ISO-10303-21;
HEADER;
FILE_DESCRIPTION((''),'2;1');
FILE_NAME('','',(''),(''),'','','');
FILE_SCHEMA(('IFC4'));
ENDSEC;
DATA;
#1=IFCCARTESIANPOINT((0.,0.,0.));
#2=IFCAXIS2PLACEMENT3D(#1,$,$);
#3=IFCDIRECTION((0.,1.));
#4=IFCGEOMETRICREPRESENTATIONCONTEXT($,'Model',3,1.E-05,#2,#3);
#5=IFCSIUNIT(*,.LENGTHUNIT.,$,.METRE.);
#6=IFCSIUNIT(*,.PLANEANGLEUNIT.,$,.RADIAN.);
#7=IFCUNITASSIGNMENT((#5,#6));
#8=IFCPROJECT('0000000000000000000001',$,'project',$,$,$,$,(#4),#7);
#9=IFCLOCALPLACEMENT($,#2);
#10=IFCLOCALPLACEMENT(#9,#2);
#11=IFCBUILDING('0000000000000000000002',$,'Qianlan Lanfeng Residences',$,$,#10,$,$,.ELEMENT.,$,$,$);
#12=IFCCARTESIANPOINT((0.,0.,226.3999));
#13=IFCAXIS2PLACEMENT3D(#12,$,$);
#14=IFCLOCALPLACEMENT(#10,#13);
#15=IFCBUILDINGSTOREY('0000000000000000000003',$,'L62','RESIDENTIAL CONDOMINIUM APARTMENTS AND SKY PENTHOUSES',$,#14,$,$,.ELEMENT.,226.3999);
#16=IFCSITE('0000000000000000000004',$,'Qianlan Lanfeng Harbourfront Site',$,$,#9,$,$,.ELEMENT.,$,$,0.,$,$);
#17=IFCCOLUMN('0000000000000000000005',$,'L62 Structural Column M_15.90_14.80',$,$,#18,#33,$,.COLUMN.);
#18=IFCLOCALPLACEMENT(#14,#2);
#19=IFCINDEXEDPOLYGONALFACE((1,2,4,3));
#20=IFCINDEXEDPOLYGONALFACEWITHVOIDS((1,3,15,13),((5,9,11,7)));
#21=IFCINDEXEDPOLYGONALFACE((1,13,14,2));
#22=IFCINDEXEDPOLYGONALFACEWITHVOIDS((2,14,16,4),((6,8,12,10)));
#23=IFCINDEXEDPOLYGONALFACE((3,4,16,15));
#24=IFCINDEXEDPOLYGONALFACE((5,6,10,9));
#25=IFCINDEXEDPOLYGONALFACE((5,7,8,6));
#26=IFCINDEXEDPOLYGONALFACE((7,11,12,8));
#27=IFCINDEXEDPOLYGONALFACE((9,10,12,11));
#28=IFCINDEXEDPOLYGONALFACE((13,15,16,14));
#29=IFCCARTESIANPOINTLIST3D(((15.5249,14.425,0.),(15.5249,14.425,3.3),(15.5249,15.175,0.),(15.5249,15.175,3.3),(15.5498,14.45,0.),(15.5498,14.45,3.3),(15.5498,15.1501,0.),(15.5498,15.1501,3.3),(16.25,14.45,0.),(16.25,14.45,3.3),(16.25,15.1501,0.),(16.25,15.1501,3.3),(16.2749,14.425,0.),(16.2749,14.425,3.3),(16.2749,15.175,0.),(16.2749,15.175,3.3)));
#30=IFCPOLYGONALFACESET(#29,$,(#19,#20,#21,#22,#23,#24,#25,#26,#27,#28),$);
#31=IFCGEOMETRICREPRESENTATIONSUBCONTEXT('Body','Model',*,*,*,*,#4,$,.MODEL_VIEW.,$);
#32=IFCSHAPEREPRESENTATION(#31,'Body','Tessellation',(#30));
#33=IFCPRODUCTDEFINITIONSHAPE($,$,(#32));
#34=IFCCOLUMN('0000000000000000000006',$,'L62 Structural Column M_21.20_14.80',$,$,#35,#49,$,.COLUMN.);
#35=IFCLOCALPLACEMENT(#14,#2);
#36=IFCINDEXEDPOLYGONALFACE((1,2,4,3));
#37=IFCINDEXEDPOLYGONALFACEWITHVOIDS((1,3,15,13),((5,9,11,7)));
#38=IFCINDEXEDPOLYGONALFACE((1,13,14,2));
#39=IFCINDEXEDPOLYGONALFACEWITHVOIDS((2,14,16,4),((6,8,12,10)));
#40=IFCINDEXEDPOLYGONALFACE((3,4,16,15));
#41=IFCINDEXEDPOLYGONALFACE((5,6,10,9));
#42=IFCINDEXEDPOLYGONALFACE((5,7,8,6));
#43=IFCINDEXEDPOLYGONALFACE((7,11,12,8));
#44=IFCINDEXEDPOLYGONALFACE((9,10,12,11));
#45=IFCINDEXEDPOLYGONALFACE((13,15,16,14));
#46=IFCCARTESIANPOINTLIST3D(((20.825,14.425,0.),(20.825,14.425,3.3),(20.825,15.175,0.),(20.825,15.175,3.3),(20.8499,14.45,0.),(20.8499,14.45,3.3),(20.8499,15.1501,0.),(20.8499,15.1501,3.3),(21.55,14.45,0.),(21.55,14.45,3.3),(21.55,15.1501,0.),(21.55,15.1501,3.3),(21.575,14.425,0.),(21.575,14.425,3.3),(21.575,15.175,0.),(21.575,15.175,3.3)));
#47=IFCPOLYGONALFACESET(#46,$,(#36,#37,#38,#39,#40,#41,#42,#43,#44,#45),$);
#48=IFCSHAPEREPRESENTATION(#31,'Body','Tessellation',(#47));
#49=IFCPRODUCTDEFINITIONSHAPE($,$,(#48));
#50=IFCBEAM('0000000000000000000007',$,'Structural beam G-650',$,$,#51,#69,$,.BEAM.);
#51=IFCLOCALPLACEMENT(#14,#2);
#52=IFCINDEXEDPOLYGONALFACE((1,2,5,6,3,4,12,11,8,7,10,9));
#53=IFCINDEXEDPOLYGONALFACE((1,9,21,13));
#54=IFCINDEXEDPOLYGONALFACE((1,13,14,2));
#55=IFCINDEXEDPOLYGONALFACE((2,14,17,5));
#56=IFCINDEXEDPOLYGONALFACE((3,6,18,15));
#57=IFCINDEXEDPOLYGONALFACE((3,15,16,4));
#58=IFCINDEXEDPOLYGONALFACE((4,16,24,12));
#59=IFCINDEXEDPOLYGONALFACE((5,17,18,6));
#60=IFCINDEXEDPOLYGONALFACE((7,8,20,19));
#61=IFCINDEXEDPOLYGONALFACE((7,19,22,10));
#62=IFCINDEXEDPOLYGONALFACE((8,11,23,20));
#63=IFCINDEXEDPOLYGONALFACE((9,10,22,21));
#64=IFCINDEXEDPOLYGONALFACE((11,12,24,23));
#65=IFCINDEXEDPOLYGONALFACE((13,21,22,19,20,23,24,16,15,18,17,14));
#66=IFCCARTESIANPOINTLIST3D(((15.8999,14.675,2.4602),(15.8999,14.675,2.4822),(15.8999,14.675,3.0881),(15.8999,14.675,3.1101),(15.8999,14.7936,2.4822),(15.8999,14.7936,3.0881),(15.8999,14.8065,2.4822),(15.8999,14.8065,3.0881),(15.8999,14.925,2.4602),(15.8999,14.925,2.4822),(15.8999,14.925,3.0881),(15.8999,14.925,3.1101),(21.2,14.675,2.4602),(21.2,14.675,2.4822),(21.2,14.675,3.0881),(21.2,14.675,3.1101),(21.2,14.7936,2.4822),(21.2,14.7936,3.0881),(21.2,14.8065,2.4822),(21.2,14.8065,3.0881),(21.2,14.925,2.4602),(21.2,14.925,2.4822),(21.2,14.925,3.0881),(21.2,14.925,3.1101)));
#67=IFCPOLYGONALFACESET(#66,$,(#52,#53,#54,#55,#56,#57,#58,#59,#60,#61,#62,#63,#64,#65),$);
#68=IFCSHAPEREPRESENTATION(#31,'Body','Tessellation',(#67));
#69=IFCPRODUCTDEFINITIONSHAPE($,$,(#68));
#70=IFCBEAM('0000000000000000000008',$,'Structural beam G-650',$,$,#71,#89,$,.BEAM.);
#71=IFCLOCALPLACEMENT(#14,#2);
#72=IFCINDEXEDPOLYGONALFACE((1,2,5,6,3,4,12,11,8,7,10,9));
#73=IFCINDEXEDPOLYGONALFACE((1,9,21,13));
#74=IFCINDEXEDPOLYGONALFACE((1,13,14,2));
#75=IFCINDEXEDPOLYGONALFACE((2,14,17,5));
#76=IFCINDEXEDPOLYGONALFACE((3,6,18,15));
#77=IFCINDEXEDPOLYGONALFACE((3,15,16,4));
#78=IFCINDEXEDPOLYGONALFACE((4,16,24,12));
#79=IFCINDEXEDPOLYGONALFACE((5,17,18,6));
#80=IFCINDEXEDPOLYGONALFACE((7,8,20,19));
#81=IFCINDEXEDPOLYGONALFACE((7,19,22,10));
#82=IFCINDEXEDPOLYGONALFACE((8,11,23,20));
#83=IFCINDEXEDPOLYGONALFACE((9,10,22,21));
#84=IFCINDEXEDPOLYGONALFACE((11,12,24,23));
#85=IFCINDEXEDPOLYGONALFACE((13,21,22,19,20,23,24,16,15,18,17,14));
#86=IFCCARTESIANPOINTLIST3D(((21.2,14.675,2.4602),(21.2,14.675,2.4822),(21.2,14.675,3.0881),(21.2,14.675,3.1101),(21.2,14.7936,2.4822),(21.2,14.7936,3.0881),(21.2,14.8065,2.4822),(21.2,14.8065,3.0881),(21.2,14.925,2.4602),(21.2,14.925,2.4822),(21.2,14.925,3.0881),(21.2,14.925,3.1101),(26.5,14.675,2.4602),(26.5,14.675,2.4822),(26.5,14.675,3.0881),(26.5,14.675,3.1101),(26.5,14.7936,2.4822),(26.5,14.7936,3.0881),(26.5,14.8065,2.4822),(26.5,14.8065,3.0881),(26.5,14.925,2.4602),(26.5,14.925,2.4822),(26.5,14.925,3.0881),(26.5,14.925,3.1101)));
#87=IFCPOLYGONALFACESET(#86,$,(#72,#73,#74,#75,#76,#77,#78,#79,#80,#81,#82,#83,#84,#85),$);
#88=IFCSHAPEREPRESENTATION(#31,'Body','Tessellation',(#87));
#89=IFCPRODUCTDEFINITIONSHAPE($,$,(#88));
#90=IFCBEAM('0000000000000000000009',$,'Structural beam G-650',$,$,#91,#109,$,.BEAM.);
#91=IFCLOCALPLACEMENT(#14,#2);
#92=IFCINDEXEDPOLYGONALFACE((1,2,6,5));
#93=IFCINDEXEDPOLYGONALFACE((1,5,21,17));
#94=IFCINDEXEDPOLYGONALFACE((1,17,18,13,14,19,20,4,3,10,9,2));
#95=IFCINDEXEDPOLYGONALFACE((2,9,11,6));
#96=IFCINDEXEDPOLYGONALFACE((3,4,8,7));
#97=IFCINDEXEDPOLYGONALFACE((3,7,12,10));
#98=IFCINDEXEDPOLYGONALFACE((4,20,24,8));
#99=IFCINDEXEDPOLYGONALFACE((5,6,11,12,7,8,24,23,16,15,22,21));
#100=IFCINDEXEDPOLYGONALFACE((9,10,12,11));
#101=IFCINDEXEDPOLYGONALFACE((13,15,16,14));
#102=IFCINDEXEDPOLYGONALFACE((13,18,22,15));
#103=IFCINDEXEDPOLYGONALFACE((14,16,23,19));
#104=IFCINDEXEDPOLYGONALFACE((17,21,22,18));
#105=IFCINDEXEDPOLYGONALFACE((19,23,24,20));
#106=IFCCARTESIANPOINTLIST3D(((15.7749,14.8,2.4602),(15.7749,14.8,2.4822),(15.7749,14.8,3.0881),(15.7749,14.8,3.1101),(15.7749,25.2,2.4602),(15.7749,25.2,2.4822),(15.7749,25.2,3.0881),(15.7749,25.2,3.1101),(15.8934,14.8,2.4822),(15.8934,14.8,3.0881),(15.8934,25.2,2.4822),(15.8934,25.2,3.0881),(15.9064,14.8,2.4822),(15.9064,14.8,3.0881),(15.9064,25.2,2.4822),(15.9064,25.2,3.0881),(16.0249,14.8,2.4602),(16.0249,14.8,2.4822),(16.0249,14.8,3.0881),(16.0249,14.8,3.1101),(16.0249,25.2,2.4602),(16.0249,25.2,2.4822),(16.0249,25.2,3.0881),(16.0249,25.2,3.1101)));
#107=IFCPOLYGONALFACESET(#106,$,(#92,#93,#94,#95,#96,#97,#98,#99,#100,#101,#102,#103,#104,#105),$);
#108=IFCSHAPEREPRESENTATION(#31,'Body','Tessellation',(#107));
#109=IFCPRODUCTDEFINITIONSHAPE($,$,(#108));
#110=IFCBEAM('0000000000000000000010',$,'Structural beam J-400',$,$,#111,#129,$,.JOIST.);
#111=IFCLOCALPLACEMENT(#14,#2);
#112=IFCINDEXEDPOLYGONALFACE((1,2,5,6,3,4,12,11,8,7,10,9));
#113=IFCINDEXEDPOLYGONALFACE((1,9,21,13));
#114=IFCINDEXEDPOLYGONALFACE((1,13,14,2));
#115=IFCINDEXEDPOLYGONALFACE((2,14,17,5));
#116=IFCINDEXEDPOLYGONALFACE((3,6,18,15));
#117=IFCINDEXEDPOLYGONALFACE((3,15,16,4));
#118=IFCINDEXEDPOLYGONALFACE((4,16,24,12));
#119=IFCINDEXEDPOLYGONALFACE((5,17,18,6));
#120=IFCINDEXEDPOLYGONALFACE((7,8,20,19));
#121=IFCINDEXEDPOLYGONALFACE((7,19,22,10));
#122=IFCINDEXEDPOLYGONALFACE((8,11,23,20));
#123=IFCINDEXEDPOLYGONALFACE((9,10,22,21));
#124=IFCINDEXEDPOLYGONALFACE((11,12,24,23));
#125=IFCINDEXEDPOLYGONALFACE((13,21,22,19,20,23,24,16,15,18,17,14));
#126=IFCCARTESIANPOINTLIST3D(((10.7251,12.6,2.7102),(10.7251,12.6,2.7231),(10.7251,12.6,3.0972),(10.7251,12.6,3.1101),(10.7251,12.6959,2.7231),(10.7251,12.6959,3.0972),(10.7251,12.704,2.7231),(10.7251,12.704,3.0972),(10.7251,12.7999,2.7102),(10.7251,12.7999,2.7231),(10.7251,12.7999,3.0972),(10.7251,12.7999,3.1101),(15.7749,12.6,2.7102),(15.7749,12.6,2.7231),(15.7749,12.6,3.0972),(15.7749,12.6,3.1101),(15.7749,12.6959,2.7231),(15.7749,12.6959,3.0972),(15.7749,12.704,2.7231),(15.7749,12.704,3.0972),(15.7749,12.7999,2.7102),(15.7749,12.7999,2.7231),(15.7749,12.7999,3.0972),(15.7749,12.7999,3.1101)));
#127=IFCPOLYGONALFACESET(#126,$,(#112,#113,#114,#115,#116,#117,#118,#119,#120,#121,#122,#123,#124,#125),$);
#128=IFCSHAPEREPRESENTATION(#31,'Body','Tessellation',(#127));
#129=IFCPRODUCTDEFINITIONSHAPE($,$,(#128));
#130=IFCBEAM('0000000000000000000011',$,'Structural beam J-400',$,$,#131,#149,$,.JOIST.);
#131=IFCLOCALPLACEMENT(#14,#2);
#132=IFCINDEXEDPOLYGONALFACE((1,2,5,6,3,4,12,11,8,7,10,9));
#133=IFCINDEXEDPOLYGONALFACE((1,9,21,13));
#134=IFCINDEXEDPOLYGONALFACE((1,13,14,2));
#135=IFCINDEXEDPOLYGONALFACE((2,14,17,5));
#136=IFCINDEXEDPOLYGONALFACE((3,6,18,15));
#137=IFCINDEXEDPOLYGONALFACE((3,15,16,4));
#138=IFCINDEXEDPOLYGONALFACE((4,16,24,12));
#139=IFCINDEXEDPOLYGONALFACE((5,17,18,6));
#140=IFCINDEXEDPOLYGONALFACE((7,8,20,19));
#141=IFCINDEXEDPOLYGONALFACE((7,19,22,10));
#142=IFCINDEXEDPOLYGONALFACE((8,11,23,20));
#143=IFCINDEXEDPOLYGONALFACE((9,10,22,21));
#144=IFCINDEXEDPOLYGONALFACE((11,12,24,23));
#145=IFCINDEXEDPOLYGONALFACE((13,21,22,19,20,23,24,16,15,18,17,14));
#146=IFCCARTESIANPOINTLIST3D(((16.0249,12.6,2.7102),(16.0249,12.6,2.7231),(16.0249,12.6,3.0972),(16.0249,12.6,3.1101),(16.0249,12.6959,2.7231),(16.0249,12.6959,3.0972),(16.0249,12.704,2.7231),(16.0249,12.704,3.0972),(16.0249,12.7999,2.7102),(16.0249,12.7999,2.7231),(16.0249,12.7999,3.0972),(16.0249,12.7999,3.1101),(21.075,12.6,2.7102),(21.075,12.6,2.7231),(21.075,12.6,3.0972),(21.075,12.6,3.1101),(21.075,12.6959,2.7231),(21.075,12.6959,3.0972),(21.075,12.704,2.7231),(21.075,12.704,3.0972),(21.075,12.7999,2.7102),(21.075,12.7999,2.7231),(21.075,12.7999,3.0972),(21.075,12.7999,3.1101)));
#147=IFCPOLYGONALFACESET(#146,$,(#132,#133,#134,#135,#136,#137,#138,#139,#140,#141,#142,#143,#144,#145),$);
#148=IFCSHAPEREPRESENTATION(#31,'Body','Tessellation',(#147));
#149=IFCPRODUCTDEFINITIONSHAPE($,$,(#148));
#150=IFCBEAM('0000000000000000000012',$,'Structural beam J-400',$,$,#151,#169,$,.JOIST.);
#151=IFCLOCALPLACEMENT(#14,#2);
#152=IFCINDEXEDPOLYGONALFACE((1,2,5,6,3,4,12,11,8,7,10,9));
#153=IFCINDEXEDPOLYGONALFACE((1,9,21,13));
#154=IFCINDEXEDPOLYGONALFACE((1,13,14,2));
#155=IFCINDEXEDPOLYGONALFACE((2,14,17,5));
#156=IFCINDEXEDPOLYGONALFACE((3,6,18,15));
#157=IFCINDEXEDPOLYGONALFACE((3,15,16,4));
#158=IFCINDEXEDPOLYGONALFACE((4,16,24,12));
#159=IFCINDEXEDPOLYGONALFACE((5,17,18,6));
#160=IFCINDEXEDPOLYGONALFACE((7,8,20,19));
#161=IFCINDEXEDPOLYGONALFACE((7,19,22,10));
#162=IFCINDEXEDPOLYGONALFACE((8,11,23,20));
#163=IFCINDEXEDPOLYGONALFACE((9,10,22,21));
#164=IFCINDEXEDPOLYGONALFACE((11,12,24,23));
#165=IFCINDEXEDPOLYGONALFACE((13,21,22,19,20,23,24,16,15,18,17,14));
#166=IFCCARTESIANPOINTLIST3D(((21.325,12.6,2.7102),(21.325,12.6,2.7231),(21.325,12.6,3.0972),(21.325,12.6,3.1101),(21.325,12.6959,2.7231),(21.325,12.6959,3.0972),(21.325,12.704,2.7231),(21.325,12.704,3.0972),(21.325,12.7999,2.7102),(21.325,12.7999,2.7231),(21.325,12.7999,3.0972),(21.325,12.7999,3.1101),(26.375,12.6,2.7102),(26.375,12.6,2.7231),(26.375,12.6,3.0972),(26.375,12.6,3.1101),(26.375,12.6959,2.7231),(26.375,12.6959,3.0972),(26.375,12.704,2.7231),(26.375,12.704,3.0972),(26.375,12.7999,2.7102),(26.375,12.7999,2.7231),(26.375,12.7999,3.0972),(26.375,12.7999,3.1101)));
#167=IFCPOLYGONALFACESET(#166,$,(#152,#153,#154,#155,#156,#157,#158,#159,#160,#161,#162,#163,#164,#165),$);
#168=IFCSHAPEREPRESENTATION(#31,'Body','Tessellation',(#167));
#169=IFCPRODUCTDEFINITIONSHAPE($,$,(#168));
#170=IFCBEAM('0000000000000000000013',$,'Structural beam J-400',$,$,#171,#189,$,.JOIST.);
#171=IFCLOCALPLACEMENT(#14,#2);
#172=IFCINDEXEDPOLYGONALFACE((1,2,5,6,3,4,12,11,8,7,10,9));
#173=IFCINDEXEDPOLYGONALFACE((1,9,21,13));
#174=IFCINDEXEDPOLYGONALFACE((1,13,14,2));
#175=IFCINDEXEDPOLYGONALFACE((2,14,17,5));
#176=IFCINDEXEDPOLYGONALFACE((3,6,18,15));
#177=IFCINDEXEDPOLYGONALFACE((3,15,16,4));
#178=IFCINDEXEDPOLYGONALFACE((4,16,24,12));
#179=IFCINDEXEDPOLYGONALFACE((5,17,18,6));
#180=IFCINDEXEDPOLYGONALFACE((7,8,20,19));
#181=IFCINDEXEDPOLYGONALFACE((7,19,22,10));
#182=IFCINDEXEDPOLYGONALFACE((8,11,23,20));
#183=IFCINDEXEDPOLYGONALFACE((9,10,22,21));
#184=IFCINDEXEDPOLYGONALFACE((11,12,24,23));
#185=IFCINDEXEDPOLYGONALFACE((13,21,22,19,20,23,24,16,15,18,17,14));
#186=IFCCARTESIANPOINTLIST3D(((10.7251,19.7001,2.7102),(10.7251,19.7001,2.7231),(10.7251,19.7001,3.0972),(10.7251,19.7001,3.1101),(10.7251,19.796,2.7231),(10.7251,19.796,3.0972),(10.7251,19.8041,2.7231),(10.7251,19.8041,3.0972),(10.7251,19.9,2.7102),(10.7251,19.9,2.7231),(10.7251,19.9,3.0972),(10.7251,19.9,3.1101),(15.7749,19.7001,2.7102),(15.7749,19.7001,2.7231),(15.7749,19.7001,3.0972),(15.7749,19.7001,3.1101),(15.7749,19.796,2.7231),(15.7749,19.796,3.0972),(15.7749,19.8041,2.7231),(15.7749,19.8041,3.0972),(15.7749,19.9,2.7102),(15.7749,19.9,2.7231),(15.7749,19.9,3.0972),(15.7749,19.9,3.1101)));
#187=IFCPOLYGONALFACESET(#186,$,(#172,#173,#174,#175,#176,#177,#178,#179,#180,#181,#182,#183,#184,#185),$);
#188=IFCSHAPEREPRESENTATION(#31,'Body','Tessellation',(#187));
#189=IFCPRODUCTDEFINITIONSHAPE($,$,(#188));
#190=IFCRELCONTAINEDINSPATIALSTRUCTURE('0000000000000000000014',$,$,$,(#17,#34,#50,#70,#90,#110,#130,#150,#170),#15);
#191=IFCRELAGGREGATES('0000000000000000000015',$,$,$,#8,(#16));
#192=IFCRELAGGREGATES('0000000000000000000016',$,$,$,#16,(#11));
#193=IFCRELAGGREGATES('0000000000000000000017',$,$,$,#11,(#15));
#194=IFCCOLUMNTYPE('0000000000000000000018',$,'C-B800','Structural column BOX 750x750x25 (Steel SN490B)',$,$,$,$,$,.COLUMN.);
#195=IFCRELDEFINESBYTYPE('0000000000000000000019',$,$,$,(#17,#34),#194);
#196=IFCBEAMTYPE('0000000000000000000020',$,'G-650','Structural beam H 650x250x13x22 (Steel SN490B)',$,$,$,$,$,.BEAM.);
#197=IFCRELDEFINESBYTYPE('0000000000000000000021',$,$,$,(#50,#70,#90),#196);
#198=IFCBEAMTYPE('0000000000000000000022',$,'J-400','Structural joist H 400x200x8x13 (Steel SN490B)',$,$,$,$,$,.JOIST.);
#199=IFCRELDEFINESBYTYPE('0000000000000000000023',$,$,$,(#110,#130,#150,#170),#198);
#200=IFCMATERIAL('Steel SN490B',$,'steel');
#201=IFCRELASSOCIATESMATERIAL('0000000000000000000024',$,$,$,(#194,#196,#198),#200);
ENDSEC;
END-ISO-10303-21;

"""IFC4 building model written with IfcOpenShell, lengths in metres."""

from ifc_helpers import new_model, si_unit, direction, frame, origin, origin_2d, place, context, subcontext, project, spatial, hollow_rectangle, i_section, extrude, material, material_profile, profile_set, type_object, element, save


model = new_model("IFC4")

# Units and contexts
model_context = context("Model", 3, precision=1e-05, world=origin(), true_north=direction((0.0, 1.0)))
body_context = subcontext(model_context, "Body", "Model", "MODEL_VIEW")
ifc_project = project(units=[si_unit("LENGTHUNIT", "METRE"), si_unit("PLANEANGLEUNIT", "RADIAN")], contexts=[model_context])

# Site, building, storey
site_placement = place(None, origin())
site = spatial("IfcSite", under=ifc_project, at=site_placement, Name="Qianlan Lanfeng Harbourfront Site", CompositionType="ELEMENT", RefElevation=0.0)
building_placement = place(site_placement, origin())
building = spatial("IfcBuilding", under=site, at=building_placement, Name="Qianlan Lanfeng Residences", CompositionType="ELEMENT")
storey_placement = place(building_placement, frame((0.0, 0.0, 226.3999)))
storey = spatial("IfcBuildingStorey", under=building, at=storey_placement, Name="L62", Description="RESIDENTIAL CONDOMINIUM APARTMENTS AND SKY PENTHOUSES", CompositionType="ELEMENT", Elevation=226.3999)

# Columns
ifc_material_1 = material(Name="Steel SN490B", Category="steel")
ifc_material_profile_1 = material_profile(ifc_material_1, hollow_rectangle(XDim=0.75, YDim=0.75, WallThickness=0.0249, at=origin_2d()), Name="BOX 750x750x25")
ifc_profile_set_1 = profile_set([ifc_material_profile_1], Name="Steel SN490B")
column_type = type_object("IfcColumnType", Name="C-B800", Description="Structural column BOX 750x750x25 (Steel SN490B)", PredefinedType="COLUMN", material=ifc_profile_set_1)
for number, where, z_axis, x_axis, name in (
    (1, (15.8999, 14.8, 0.0), (0.0, 0.0, 1.0), (1.0, 0.0, 0.0), "L62 Structural Column M_15.90_14.80"),
    (2, (21.2, 14.8, 0.0), (0.0, 0.0, 1.0), (1.0, 0.0, 0.0), "L62 Structural Column M_21.20_14.80"),
):
    element("IfcColumn", number, at=place(storey_placement, frame(where, z_axis=z_axis, x_axis=x_axis)), inside=storey, type_object=column_type, Name=name, PredefinedType="COLUMN", context=body_context, shape_type="SweptSolid", body=[
        extrude(hollow_rectangle(XDim=0.75, YDim=0.75, WallThickness=0.0249, at=origin_2d()), origin(), (0.0, 0.0, 1.0), 3.3),
    ])

# Beams
ifc_material_profile_2 = material_profile(ifc_material_1, i_section(OverallWidth=0.25, OverallDepth=0.6499, WebThickness=0.0129, FlangeThickness=0.022, at=origin_2d()), Name="H 650x250x13x22")
ifc_profile_set_2 = profile_set([ifc_material_profile_2], Name="Steel SN490B")
beam_type_1 = type_object("IfcBeamType", Name="G-650", Description="Structural beam H 650x250x13x22 (Steel SN490B)", PredefinedType="BEAM", material=ifc_profile_set_2)
for number, where, z_axis, x_axis, name in (
    (3, (15.8999, 14.8, 2.7852), (1.0, 0.0, 0.0), (0.0, 1.0, 0.0), "Structural beam G-650"),
    (4, (21.2, 14.8, 2.7852), (1.0, 0.0, 0.0), (0.0, 1.0, 0.0), "Structural beam G-650"),
):
    element("IfcBeam", number, at=place(storey_placement, frame(where, z_axis=z_axis, x_axis=x_axis)), inside=storey, type_object=beam_type_1, Name=name, PredefinedType="BEAM", context=body_context, shape_type="SweptSolid", body=[
        extrude(i_section(OverallWidth=0.25, OverallDepth=0.6499, WebThickness=0.0129, FlangeThickness=0.022, at=origin_2d()), origin(), (0.0, 0.0, 1.0), 5.3),
    ])
beam_1_placement = place(storey_placement, frame((15.8999, 14.8, 2.7852), z_axis=(0.0, 1.0, 0.0), x_axis=(-1.0, 0.0, 0.0)))
element("IfcBeam", 5, at=beam_1_placement, inside=storey, type_object=beam_type_1, Name="Structural beam G-650", PredefinedType="BEAM", context=body_context, shape_type="SweptSolid", body=[
    extrude(i_section(OverallWidth=0.25, OverallDepth=0.6499, WebThickness=0.0129, FlangeThickness=0.022, at=origin_2d()), origin(), (0.0, 0.0, 1.0), 10.3999),
])
ifc_material_profile_3 = material_profile(ifc_material_1, i_section(OverallWidth=0.2, OverallDepth=0.3999, WebThickness=0.0081, FlangeThickness=0.0129, at=origin_2d()), Name="H 400x200x8x13")
ifc_profile_set_3 = profile_set([ifc_material_profile_3], Name="Steel SN490B")
beam_type_2 = type_object("IfcBeamType", Name="J-400", Description="Structural joist H 400x200x8x13 (Steel SN490B)", PredefinedType="JOIST", material=ifc_profile_set_3)
beam_2_placement = place(storey_placement, frame((10.7251, 12.7, 2.9102), z_axis=(1.0, 0.0, 0.0), x_axis=(0.0, 1.0, 0.0)))
element("IfcBeam", 6, at=beam_2_placement, inside=storey, type_object=beam_type_2, Name="Structural beam J-400", PredefinedType="JOIST", context=body_context, shape_type="SweptSolid", body=[
    extrude(i_section(OverallWidth=0.2, OverallDepth=0.3999, WebThickness=0.0081, FlangeThickness=0.0129, at=origin_2d()), origin(), (0.0, 0.0, 1.0), 5.0498),
])
for number, where, z_axis, x_axis, name in (
    (7, (16.0249, 12.7, 2.9102), (1.0, 0.0, 0.0), (0.0, 1.0, 0.0), "Structural beam J-400"),
    (8, (21.325, 12.7, 2.9102), (1.0, 0.0, 0.0), (0.0, 1.0, 0.0), "Structural beam J-400"),
):
    element("IfcBeam", number, at=place(storey_placement, frame(where, z_axis=z_axis, x_axis=x_axis)), inside=storey, type_object=beam_type_2, Name=name, PredefinedType="JOIST", context=body_context, shape_type="SweptSolid", body=[
        extrude(i_section(OverallWidth=0.2, OverallDepth=0.3999, WebThickness=0.0081, FlangeThickness=0.0129, at=origin_2d()), origin(), (0.0, 0.0, 1.0), 5.05),
    ])
beam_3_placement = place(storey_placement, frame((10.7251, 19.8, 2.9102), z_axis=(1.0, 0.0, 0.0), x_axis=(0.0, 1.0, 0.0)))
element("IfcBeam", 9, at=beam_3_placement, inside=storey, type_object=beam_type_2, Name="Structural beam J-400", PredefinedType="JOIST", context=body_context, shape_type="SweptSolid", body=[
    extrude(i_section(OverallWidth=0.2, OverallDepth=0.3999, WebThickness=0.0081, FlangeThickness=0.0129, at=origin_2d()), origin(), (0.0, 0.0, 1.0), 5.0498),
])

save(model, "model.ifc")
